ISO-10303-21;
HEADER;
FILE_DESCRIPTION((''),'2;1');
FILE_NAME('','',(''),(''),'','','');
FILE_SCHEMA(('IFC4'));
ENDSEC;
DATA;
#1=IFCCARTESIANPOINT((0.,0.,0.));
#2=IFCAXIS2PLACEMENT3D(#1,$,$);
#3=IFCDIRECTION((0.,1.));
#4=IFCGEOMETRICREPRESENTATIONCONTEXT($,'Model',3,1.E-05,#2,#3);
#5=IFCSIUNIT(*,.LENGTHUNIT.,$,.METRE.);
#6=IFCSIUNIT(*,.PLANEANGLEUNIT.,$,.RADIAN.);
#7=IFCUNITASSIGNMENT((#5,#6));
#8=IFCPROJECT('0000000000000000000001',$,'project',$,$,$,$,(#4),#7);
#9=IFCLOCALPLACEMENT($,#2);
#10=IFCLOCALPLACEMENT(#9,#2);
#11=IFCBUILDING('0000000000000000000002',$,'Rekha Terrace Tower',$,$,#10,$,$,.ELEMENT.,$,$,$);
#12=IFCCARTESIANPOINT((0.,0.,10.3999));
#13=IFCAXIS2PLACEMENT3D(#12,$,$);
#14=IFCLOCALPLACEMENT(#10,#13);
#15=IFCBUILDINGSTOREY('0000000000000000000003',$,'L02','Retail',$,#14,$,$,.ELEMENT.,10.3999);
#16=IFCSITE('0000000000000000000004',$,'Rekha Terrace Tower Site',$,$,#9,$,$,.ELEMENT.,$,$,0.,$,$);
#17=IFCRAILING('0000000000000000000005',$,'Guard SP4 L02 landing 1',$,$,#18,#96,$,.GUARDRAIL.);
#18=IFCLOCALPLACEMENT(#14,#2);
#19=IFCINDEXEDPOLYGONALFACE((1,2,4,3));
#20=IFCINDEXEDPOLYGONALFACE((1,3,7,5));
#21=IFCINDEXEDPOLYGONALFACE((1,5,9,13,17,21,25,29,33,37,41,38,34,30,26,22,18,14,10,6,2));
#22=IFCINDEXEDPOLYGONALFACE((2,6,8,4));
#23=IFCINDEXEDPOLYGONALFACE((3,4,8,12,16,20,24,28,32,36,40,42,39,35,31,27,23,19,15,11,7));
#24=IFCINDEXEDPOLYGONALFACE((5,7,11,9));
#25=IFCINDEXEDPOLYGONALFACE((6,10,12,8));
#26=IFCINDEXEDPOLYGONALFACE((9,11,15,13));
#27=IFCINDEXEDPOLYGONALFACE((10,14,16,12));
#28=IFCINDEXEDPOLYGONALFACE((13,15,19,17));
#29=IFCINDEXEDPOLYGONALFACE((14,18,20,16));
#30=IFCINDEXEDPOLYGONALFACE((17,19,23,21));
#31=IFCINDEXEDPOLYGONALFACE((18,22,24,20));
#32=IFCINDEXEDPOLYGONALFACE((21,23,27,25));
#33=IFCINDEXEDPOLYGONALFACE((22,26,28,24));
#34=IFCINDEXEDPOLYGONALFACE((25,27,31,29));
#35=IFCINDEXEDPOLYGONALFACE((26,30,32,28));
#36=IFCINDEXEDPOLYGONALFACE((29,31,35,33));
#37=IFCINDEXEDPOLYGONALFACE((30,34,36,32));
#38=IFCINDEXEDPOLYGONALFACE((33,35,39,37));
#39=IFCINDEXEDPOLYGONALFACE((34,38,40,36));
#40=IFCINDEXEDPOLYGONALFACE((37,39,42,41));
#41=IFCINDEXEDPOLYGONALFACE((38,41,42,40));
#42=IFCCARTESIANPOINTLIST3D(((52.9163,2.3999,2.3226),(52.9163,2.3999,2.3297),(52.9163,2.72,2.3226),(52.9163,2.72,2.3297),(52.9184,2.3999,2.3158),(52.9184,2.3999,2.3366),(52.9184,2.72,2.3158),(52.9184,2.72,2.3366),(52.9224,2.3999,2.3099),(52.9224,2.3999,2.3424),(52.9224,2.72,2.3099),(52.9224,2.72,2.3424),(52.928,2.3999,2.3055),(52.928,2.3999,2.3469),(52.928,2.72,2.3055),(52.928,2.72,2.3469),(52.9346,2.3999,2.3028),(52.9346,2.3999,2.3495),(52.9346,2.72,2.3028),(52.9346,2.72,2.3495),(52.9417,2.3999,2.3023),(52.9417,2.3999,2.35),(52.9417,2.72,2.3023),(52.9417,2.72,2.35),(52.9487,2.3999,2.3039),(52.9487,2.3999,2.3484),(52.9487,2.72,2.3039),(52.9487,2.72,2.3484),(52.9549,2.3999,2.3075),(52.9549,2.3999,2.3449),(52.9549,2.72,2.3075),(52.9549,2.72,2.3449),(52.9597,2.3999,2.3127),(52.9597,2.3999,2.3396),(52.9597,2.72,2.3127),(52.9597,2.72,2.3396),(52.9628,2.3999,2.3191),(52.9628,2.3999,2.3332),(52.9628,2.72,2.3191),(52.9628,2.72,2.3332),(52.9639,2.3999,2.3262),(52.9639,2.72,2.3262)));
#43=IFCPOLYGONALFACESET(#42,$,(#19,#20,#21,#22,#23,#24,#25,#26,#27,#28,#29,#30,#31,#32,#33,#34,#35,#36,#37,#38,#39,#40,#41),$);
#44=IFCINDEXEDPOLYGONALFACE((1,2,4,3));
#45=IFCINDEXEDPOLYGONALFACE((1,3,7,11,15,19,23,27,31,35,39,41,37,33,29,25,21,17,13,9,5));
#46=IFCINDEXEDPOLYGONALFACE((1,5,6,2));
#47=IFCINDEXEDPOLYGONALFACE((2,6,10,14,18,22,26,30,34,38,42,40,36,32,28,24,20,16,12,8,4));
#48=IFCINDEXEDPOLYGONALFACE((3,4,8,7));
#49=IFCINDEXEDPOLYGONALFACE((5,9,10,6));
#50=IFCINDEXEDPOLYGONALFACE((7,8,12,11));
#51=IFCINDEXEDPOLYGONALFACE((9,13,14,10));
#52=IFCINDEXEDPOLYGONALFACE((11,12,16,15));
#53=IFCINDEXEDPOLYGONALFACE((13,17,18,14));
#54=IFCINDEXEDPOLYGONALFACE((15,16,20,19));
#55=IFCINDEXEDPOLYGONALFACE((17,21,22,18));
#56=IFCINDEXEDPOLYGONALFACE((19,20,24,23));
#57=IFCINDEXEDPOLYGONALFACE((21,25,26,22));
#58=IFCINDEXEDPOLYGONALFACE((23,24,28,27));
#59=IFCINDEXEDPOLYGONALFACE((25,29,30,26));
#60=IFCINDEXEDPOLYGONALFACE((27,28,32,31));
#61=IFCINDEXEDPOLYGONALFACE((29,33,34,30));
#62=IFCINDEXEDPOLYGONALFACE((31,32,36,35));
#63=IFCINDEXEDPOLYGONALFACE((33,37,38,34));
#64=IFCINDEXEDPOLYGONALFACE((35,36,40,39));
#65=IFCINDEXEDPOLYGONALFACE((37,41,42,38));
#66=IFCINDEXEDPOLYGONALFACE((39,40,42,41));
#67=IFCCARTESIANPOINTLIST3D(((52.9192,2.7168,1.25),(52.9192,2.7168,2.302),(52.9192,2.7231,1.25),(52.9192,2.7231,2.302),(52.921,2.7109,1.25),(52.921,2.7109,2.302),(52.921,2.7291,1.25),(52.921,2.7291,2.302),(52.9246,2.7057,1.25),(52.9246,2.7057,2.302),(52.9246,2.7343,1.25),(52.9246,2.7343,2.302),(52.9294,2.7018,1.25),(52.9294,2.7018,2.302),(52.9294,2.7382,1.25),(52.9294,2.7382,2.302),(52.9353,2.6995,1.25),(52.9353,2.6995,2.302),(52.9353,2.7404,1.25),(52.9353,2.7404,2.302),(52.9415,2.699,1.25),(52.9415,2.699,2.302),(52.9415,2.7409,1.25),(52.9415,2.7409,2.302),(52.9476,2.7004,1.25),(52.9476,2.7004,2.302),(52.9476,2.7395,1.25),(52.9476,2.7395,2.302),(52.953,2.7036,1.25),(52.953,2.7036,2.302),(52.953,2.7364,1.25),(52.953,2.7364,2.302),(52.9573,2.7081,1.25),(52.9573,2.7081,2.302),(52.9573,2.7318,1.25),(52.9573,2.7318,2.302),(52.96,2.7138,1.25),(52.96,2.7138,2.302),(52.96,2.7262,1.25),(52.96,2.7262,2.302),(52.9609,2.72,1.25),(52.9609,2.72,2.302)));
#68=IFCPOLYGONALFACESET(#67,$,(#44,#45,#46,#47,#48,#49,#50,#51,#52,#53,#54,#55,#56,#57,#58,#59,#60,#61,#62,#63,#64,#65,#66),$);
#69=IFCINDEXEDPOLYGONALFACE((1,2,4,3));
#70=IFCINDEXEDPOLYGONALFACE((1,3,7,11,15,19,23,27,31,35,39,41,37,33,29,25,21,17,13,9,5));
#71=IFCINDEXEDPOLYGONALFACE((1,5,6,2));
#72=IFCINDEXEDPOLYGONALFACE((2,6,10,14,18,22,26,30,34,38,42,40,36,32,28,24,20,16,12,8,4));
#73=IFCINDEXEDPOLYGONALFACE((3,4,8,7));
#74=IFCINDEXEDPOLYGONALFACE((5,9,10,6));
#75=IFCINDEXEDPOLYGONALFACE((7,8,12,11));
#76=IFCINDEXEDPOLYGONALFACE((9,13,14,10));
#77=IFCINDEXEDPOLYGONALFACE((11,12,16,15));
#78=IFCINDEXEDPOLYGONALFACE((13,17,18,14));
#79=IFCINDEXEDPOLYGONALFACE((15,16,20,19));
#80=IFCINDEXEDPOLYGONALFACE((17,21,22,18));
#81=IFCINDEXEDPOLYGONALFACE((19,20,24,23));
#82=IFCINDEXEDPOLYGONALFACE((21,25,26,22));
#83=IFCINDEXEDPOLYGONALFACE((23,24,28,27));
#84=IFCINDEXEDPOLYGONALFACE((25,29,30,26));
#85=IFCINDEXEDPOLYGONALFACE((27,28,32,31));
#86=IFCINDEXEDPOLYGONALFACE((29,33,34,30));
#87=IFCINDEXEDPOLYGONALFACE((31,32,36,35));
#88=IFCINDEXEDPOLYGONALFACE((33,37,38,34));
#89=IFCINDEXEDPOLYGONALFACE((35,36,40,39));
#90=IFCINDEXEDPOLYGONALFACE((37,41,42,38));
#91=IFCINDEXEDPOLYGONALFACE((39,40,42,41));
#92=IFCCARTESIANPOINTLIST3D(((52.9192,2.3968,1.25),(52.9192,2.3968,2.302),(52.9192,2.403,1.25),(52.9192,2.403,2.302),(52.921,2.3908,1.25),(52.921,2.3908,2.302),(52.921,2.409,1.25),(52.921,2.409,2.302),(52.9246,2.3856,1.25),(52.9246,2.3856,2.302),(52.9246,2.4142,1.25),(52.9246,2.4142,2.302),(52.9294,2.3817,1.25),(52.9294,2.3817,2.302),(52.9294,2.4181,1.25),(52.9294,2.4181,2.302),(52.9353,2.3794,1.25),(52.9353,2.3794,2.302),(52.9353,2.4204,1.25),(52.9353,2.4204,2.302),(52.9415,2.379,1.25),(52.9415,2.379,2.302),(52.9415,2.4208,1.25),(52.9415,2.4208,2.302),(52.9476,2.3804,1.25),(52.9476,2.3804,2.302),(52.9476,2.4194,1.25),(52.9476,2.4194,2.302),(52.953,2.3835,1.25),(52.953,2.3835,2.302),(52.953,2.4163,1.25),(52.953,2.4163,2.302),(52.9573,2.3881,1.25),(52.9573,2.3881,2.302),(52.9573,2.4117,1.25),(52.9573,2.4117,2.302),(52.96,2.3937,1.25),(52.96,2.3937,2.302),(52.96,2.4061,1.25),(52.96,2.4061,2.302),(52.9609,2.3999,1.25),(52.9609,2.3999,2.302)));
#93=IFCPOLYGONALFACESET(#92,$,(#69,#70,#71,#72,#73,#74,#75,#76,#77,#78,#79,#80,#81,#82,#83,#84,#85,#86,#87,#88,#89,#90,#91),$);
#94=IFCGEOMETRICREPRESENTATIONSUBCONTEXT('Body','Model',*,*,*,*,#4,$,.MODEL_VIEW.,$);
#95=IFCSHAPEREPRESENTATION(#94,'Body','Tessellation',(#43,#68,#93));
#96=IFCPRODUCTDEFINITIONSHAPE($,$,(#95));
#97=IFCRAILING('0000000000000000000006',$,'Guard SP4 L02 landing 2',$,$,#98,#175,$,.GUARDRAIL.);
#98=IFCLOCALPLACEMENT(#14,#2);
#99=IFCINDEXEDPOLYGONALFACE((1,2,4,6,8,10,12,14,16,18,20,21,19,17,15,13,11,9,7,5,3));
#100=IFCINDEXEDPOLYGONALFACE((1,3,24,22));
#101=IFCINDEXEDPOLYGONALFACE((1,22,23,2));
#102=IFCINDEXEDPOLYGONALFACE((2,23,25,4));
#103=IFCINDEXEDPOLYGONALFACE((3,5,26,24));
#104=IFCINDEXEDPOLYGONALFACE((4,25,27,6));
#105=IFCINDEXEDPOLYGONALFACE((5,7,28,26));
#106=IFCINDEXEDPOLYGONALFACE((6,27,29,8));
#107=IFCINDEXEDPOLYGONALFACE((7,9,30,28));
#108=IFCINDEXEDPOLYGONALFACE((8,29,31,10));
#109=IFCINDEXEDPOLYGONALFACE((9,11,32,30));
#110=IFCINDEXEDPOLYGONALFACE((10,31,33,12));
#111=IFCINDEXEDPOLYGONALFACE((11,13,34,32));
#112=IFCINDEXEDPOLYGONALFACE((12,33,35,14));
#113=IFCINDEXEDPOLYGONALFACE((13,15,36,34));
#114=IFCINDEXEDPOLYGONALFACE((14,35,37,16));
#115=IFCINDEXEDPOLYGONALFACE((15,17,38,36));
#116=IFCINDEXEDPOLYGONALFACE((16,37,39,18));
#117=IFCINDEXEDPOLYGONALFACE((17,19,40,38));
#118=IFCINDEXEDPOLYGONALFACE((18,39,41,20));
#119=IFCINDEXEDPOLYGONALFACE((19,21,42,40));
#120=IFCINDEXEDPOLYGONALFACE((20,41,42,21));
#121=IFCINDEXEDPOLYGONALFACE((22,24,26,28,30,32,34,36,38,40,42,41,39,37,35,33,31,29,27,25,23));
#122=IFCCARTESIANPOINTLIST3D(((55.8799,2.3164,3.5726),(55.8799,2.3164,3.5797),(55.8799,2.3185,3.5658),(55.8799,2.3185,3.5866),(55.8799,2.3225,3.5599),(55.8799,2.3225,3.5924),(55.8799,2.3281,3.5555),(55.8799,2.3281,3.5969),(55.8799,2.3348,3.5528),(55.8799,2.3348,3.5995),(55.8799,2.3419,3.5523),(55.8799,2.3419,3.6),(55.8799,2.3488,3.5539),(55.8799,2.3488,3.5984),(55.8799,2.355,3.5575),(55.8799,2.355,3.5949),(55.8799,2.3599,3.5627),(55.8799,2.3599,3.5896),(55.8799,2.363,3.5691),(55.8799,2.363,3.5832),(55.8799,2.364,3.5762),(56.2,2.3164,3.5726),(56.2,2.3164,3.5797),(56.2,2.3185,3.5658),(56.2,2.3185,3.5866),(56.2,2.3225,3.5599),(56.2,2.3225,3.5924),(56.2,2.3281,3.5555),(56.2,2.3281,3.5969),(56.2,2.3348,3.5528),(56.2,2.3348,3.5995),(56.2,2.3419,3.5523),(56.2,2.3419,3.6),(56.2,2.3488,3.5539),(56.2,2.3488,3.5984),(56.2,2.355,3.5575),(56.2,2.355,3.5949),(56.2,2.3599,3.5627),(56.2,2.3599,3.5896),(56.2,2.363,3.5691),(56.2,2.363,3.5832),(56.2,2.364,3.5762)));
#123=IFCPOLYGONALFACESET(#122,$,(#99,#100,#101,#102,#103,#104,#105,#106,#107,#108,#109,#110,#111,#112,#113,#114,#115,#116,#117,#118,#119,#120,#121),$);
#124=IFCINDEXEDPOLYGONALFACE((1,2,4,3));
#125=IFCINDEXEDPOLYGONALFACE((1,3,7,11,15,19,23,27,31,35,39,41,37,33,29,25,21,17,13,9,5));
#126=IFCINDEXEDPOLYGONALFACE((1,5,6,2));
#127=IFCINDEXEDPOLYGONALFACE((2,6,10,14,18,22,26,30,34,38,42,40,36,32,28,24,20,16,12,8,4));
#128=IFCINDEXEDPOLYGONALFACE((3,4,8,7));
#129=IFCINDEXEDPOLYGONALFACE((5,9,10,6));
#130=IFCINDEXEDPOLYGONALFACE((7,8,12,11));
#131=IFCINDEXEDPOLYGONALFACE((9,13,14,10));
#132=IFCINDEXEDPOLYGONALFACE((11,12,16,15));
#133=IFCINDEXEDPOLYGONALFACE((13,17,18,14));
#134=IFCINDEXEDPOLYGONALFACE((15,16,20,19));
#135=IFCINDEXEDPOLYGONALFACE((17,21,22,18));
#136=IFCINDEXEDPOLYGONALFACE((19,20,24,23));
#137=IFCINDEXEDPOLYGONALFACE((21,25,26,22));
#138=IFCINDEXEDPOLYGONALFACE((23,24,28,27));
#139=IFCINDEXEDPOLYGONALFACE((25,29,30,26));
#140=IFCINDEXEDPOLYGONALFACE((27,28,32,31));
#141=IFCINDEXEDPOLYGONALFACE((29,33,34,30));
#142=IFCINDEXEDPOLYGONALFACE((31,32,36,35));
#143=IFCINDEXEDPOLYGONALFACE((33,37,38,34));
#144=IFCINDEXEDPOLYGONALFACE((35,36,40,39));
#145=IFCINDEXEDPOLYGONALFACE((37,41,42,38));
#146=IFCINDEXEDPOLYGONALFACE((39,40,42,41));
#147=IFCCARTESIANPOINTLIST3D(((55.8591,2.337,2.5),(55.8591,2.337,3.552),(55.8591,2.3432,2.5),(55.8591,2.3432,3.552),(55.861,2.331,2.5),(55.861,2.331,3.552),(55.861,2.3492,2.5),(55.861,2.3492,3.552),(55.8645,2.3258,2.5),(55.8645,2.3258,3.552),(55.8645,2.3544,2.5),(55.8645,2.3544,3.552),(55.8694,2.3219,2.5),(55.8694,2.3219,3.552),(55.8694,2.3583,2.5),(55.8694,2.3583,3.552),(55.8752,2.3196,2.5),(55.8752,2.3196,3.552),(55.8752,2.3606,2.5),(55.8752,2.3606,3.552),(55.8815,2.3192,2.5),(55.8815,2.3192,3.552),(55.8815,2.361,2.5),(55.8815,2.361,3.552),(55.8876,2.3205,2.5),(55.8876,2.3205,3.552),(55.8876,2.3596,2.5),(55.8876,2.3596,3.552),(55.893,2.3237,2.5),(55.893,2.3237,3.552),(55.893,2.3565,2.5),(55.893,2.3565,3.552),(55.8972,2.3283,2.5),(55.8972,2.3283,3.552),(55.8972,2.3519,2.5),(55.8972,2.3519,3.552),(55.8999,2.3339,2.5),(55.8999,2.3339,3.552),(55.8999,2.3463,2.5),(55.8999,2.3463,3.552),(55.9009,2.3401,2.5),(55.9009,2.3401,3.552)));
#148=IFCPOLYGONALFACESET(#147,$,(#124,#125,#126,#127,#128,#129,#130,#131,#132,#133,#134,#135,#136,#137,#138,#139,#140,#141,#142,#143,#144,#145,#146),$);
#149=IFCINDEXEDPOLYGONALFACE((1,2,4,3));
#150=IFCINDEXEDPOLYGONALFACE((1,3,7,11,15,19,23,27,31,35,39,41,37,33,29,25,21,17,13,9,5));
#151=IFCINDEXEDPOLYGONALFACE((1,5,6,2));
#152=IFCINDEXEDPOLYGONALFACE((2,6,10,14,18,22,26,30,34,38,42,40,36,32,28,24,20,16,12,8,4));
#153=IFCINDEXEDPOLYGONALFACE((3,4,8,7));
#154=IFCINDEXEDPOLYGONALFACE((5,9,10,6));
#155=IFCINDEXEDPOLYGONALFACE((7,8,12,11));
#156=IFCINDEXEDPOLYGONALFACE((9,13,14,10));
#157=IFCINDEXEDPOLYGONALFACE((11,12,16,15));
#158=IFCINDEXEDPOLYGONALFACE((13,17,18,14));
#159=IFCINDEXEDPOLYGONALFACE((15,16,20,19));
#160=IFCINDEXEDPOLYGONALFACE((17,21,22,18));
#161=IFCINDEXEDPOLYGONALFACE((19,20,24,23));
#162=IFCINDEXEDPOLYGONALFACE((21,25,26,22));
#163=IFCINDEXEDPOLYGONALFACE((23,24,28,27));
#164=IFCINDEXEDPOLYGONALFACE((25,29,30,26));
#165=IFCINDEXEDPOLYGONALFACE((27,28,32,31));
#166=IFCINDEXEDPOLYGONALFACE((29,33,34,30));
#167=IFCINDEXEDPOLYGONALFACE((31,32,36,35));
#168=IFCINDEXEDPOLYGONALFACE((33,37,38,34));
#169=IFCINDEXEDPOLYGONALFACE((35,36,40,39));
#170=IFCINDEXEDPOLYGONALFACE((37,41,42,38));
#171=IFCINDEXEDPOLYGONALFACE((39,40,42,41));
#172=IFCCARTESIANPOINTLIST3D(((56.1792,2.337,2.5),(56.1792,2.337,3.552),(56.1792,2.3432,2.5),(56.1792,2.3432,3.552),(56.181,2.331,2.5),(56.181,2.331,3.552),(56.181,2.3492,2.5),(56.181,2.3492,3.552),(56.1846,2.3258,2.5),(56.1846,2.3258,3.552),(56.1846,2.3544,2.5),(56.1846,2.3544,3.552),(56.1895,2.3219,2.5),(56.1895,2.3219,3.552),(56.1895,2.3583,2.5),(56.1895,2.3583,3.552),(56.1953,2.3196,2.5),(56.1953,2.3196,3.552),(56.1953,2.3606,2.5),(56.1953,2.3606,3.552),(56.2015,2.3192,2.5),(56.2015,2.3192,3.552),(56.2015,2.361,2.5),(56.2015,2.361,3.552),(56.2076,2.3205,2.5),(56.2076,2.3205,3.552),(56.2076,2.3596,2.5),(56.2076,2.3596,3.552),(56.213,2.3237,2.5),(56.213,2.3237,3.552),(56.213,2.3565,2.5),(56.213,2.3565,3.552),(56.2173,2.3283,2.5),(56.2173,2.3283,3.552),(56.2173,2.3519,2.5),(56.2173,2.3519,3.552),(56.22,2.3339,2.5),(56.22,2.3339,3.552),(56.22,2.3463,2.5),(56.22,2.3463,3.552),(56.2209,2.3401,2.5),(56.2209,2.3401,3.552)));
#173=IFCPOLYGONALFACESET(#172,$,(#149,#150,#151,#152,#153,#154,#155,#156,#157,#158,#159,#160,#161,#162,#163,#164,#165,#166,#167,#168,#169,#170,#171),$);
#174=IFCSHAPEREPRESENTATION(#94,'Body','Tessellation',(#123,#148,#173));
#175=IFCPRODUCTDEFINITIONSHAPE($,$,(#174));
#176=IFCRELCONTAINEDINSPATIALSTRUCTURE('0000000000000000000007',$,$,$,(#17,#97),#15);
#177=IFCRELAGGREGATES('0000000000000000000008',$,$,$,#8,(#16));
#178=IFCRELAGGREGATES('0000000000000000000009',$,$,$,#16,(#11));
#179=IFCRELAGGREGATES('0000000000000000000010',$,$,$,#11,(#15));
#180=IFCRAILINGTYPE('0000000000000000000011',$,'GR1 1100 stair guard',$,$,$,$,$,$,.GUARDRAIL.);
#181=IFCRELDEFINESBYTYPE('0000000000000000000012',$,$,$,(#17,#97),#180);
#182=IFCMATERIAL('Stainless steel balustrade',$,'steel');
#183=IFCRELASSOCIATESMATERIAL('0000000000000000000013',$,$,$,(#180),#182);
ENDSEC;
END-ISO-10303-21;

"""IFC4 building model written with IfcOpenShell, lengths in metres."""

from ifc_helpers import new_model, si_unit, direction, frame, origin, origin_2d, place, context, subcontext, project, spatial, circle, extrude, material, type_object, element, save


model = new_model("IFC4")

# Units and contexts
model_context = context("Model", 3, precision=1e-05, world=origin(), true_north=direction((0.0, 1.0)))
body_context = subcontext(model_context, "Body", "Model", "MODEL_VIEW")
ifc_project = project(units=[si_unit("LENGTHUNIT", "METRE"), si_unit("PLANEANGLEUNIT", "RADIAN")], contexts=[model_context])

# Site, building, storey
site_placement = place(None, origin())
site = spatial("IfcSite", under=ifc_project, at=site_placement, Name="Rekha Terrace Tower Site", CompositionType="ELEMENT", RefElevation=0.0)
building_placement = place(site_placement, origin())
building = spatial("IfcBuilding", under=site, at=building_placement, Name="Rekha Terrace Tower", CompositionType="ELEMENT")
storey_placement = place(building_placement, frame((0.0, 0.0, 10.3999)))
storey = spatial("IfcBuildingStorey", under=building, at=storey_placement, Name="L02", Description="Retail", CompositionType="ELEMENT", Elevation=10.3999)

# Railings
ifc_material_1 = material(Name="Stainless steel balustrade", Category="steel")
railing_type_1 = type_object("IfcRailingType", Name="GR1 1100 stair guard", PredefinedType="GUARDRAIL", material=ifc_material_1)
railing_1_placement = place(storey_placement, frame((52.9399, 2.72, 1.25)))
element("IfcRailing", 1, at=railing_1_placement, inside=storey, type_object=railing_type_1, Name="Guard SP4 L02 landing 1", PredefinedType="GUARDRAIL", context=body_context, shape_type="SweptSolid", body=[
    extrude(circle(Radius=0.0239, at=origin_2d()), frame((0.0, 0.0, 1.0762), z_axis=(0.0, -1.0, 0.0), x_axis=(1.0, 0.0, 0.0)), (0.0, 0.0, 1.0), 0.3201),
    extrude(circle(Radius=0.021, at=origin_2d()), origin(), (0.0, 0.0, 1.0), 1.052),
    extrude(circle(Radius=0.021, at=origin_2d()), frame((0.0, -0.3201, 0.0)), (0.0, 0.0, 1.0), 1.052),
])
for number, where, name in (
    (2, (55.8799, 2.3401, 2.5), "Guard SP4 L02 landing 2"),
):
    element("IfcRailing", number, at=place(storey_placement, frame(where)), inside=storey, type_object=railing_type_1, Name=name, PredefinedType="GUARDRAIL", context=body_context, shape_type="SweptSolid", body=[
        extrude(circle(Radius=0.0239, at=origin_2d()), frame((0.0, 0.0, 1.0762), z_axis=(1.0, 0.0, 0.0), x_axis=(0.0, 1.0, 0.0)), (0.0, 0.0, 1.0), 0.3201),
        extrude(circle(Radius=0.021, at=origin_2d()), origin(), (0.0, 0.0, 1.0), 1.052),
        extrude(circle(Radius=0.021, at=origin_2d()), frame((0.3201, 0.0, 0.0)), (0.0, 0.0, 1.0), 1.052),
    ])

save(model, "model.ifc")
